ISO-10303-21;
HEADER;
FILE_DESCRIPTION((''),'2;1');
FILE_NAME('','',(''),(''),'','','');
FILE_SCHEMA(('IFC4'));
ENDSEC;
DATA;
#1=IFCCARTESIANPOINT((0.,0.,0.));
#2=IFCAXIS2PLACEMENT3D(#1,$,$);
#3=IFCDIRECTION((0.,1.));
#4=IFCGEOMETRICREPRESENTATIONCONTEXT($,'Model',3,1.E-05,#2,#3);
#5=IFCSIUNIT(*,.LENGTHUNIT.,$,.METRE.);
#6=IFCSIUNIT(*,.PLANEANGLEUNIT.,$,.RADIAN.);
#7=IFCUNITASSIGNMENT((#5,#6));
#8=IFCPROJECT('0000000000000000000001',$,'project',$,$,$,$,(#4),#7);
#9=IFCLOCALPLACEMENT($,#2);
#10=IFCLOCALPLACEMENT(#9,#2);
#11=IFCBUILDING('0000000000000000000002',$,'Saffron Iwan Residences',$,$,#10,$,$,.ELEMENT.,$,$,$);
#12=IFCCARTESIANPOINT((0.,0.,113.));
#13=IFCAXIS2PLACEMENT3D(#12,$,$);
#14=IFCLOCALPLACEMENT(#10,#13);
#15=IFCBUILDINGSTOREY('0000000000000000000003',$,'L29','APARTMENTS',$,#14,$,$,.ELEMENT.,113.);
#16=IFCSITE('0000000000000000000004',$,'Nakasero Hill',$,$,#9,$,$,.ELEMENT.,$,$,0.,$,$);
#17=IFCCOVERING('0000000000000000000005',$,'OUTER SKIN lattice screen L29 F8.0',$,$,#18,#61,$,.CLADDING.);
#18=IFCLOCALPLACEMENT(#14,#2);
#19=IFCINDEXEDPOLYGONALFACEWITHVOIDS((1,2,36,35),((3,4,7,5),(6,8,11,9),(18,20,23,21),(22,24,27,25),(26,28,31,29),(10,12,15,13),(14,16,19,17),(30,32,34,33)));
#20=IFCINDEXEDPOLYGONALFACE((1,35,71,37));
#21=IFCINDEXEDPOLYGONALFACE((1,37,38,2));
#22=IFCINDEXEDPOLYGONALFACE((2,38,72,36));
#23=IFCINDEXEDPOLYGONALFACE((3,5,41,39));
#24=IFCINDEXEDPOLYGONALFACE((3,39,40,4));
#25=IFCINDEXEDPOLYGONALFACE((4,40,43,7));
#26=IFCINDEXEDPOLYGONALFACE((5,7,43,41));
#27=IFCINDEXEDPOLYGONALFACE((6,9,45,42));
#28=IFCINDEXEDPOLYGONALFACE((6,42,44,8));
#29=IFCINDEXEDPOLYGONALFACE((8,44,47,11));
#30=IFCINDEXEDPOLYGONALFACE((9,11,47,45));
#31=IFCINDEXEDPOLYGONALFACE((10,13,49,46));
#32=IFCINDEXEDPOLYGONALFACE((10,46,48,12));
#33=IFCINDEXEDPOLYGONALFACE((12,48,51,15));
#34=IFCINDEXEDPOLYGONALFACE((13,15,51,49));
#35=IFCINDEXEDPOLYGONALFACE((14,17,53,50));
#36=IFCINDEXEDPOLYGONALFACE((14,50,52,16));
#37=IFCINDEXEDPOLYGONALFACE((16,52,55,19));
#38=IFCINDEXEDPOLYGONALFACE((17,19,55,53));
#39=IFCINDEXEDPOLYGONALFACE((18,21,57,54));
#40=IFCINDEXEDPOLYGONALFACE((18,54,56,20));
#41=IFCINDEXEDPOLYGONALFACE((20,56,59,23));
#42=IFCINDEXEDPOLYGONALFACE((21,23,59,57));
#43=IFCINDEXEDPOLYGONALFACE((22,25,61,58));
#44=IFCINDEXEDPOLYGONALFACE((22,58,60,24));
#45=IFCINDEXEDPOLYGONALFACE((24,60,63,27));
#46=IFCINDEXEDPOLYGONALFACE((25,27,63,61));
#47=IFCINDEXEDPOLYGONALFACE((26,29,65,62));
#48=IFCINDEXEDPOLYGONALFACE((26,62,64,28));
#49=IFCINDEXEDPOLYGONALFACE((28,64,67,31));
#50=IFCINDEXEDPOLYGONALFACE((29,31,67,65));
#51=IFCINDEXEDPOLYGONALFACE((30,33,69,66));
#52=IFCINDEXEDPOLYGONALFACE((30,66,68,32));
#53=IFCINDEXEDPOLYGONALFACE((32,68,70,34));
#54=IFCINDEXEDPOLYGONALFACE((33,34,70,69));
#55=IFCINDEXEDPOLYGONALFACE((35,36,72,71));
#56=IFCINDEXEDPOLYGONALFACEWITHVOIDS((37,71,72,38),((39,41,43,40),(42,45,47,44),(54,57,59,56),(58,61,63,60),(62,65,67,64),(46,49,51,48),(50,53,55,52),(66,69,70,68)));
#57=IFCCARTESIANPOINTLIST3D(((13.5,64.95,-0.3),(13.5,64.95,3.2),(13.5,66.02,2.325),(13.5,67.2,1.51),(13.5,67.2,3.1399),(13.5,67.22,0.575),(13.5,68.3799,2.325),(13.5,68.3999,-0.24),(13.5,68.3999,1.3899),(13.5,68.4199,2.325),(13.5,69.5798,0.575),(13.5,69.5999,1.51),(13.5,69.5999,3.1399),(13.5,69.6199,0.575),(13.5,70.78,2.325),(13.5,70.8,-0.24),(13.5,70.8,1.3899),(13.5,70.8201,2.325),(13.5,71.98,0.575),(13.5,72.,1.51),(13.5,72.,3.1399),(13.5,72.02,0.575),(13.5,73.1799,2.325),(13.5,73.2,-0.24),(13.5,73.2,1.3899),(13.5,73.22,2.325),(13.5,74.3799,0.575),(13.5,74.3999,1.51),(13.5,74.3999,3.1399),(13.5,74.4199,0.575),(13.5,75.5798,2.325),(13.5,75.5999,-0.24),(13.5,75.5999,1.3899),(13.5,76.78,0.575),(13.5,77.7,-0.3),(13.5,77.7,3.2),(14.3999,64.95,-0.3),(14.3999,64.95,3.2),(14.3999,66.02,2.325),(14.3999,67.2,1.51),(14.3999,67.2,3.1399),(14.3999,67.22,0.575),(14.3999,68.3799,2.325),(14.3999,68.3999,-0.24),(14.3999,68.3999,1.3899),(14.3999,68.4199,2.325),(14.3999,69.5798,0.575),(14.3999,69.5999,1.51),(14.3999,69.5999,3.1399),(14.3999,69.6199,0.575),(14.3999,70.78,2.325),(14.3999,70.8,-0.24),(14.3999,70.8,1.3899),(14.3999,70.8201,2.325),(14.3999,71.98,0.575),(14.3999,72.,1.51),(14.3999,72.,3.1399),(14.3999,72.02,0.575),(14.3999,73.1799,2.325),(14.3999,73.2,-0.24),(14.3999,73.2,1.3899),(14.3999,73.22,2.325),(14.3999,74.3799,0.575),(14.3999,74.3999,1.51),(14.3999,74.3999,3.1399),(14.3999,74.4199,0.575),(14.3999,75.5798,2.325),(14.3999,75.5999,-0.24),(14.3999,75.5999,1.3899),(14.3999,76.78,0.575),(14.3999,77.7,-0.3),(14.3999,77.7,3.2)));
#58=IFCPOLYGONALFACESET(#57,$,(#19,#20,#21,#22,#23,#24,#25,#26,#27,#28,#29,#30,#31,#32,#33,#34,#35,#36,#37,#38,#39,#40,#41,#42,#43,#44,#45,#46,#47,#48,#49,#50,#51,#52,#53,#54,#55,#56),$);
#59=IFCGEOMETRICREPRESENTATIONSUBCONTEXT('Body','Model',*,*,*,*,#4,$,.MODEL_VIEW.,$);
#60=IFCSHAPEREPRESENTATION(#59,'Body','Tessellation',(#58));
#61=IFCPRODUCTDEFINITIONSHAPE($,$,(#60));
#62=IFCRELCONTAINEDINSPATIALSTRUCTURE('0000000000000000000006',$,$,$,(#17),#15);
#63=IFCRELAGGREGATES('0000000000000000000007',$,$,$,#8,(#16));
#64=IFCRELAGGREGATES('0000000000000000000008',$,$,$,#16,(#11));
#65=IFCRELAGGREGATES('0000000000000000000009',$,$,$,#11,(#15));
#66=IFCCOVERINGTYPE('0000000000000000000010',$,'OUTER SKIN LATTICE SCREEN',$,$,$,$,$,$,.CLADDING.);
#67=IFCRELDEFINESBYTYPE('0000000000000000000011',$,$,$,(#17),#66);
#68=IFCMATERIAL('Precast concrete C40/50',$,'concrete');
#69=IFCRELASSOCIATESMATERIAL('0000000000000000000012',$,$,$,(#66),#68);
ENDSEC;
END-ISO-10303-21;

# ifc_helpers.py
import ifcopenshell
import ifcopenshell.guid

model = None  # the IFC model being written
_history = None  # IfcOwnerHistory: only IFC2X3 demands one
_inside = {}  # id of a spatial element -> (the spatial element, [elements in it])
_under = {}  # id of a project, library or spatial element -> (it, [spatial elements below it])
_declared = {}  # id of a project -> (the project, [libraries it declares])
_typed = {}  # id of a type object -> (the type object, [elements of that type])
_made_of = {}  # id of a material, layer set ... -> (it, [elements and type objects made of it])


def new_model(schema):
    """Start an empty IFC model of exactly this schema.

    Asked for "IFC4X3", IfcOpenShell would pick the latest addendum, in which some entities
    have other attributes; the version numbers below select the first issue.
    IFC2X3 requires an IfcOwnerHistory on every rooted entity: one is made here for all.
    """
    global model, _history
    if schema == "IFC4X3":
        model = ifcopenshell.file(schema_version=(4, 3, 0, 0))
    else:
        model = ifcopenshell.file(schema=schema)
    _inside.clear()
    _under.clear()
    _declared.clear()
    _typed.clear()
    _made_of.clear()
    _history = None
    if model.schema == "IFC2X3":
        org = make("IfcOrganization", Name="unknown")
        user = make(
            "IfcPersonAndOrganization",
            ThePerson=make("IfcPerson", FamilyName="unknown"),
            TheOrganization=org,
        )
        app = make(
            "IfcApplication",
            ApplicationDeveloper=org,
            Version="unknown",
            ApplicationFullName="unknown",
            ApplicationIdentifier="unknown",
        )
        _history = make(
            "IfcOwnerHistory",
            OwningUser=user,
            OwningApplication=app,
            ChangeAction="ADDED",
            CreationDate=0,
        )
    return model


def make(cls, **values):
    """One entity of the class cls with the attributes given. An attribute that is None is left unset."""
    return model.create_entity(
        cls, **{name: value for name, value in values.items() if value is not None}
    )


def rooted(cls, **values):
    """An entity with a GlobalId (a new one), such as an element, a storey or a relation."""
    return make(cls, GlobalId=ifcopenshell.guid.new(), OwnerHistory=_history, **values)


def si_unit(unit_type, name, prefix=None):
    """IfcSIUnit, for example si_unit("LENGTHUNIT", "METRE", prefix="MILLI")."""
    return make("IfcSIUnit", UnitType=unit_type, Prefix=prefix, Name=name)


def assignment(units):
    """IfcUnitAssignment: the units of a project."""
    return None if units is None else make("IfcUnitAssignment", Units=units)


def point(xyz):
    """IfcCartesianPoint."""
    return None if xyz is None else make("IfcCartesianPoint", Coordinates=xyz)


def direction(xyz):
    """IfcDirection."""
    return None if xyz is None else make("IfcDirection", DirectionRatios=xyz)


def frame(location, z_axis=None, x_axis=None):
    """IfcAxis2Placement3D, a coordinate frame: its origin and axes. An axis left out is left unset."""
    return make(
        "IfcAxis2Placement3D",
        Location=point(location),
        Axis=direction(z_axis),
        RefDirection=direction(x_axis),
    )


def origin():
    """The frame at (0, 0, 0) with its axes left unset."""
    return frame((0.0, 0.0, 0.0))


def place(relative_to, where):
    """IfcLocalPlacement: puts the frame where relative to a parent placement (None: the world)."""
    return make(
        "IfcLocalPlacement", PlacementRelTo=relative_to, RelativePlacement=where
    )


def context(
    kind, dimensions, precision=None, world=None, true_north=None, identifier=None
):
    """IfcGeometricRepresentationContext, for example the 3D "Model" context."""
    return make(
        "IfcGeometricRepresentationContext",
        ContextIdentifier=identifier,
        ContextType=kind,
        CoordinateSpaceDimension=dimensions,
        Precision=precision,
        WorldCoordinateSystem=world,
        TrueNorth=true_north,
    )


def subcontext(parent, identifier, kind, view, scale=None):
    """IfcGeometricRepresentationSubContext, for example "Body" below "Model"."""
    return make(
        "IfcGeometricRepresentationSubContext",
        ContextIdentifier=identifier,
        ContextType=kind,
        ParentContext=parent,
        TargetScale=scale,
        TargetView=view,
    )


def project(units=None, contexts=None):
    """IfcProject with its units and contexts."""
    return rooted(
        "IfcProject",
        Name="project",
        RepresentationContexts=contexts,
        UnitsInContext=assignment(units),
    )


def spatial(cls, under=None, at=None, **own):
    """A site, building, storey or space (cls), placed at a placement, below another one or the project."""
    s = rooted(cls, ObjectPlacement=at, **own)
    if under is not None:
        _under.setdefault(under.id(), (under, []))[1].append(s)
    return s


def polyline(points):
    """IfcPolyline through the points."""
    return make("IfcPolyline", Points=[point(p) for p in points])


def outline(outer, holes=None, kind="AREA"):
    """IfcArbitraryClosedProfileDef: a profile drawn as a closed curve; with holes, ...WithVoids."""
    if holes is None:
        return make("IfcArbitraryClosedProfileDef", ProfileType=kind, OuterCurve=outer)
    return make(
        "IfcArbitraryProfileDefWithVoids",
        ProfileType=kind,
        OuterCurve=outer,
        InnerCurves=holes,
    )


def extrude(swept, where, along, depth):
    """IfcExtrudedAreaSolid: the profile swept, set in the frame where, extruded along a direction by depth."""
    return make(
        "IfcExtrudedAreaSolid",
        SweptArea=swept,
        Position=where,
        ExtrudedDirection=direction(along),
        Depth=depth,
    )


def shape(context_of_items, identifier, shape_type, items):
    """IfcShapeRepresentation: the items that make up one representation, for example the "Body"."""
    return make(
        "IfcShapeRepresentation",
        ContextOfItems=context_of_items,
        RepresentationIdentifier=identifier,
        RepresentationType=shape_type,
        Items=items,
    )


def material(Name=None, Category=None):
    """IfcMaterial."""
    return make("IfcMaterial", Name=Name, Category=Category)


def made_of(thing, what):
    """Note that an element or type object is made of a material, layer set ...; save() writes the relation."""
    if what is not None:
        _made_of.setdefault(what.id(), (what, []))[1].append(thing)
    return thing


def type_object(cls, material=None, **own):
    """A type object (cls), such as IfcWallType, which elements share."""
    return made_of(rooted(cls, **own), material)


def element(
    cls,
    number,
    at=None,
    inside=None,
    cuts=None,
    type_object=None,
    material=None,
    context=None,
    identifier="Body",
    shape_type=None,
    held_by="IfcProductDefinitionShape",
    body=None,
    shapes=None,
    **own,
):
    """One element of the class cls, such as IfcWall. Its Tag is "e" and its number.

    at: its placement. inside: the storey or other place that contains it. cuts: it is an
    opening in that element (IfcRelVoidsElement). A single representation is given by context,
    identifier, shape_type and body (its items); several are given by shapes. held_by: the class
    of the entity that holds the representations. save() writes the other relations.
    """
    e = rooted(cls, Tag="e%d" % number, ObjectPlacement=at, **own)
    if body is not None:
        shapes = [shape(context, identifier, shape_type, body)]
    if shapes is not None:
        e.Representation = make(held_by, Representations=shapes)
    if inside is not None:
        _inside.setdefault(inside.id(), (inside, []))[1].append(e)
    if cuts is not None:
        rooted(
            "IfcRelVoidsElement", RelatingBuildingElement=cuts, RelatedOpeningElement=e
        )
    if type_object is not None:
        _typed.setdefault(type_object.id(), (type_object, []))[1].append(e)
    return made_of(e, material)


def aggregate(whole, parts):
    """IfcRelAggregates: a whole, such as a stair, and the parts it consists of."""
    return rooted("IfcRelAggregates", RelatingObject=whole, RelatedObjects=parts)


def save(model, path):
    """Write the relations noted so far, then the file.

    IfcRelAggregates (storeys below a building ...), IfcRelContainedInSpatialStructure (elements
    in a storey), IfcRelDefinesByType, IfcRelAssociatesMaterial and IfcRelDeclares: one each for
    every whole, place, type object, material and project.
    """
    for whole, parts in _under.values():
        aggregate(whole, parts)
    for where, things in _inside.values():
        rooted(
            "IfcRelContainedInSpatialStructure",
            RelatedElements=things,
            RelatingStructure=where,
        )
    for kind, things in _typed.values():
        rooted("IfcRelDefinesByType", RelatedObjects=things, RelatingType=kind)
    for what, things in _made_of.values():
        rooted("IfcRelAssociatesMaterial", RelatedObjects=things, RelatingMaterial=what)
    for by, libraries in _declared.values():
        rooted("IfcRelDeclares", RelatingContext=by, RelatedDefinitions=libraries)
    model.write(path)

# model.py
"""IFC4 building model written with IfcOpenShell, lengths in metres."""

from ifc_helpers import new_model, si_unit, direction, frame, origin, place, context, subcontext, project, spatial, polyline, outline, extrude, material, type_object, element, save


model = new_model("IFC4")

# Units and contexts
model_context = context("Model", 3, precision=1e-05, world=origin(), true_north=direction((0.0, 1.0)))
body_context = subcontext(model_context, "Body", "Model", "MODEL_VIEW")
ifc_project = project(units=[si_unit("LENGTHUNIT", "METRE"), si_unit("PLANEANGLEUNIT", "RADIAN")], contexts=[model_context])

# Site, building, storey
site_placement = place(None, origin())
site = spatial("IfcSite", under=ifc_project, at=site_placement, Name="Nakasero Hill", CompositionType="ELEMENT", RefElevation=0.0)
building_placement = place(site_placement, origin())
building = spatial("IfcBuilding", under=site, at=building_placement, Name="Saffron Iwan Residences", CompositionType="ELEMENT")
storey_placement = place(building_placement, frame((0.0, 0.0, 113.0)))
storey = spatial("IfcBuildingStorey", under=building, at=storey_placement, Name="L29", Description="APARTMENTS", CompositionType="ELEMENT", Elevation=113.0)

# Covering
ifc_material_1 = material(Name="Precast concrete C40/50", Category="concrete")
covering_type = type_object("IfcCoveringType", Name="OUTER SKIN LATTICE SCREEN", PredefinedType="CLADDING", material=ifc_material_1)
covering_placement = place(storey_placement, frame((14.3999, 77.7, -0.3), z_axis=(-1.0, 0.0, 0.0), x_axis=(0.0, -1.0, 0.0)))
element("IfcCovering", 1, at=covering_placement, inside=storey, type_object=covering_type, Name="OUTER SKIN lattice screen L29 F8.0", PredefinedType="CLADDING", context=body_context, shape_type="SweptSolid", body=[
    extrude(outline(polyline([(0.0, 0.0), (12.75, 0.0), (12.75, 3.5), (0.0, 3.5), (0.0, 0.0)]), holes=[polyline([(0.9199, 0.875), (2.1001, 0.0601), (3.28, 0.875), (2.1001, 1.6899), (0.9199, 0.875)]), polyline([(3.3201, 0.875), (4.5, 0.0601), (5.6799, 0.875), (4.5, 1.6899), (3.3201, 0.875)]), polyline([(5.72, 0.875), (6.8999, 0.0601), (8.0801, 0.875), (6.8999, 1.6899), (5.72, 0.875)]), polyline([(8.1201, 0.875), (9.3, 0.0601), (10.48, 0.875), (9.3, 1.6899), (8.1201, 0.875)]), polyline([(2.1201, 2.625), (3.3, 1.8101), (4.48, 2.625), (3.3, 3.4399), (2.1201, 2.625)]), polyline([(4.52, 2.625), (5.7, 1.8101), (6.8799, 2.625), (5.7, 3.4399), (4.52, 2.625)]), polyline([(6.9199, 2.625), (8.1001, 1.8101), (9.28, 2.625), (8.1001, 3.4399), (6.9199, 2.625)]), polyline([(9.3201, 2.625), (10.5, 1.8101), (11.6799, 2.625), (10.5, 3.4399), (9.3201, 2.625)])]), origin(), (0.0, 0.0, 1.0), 0.8999),
])

save(model, "model.ifc")
